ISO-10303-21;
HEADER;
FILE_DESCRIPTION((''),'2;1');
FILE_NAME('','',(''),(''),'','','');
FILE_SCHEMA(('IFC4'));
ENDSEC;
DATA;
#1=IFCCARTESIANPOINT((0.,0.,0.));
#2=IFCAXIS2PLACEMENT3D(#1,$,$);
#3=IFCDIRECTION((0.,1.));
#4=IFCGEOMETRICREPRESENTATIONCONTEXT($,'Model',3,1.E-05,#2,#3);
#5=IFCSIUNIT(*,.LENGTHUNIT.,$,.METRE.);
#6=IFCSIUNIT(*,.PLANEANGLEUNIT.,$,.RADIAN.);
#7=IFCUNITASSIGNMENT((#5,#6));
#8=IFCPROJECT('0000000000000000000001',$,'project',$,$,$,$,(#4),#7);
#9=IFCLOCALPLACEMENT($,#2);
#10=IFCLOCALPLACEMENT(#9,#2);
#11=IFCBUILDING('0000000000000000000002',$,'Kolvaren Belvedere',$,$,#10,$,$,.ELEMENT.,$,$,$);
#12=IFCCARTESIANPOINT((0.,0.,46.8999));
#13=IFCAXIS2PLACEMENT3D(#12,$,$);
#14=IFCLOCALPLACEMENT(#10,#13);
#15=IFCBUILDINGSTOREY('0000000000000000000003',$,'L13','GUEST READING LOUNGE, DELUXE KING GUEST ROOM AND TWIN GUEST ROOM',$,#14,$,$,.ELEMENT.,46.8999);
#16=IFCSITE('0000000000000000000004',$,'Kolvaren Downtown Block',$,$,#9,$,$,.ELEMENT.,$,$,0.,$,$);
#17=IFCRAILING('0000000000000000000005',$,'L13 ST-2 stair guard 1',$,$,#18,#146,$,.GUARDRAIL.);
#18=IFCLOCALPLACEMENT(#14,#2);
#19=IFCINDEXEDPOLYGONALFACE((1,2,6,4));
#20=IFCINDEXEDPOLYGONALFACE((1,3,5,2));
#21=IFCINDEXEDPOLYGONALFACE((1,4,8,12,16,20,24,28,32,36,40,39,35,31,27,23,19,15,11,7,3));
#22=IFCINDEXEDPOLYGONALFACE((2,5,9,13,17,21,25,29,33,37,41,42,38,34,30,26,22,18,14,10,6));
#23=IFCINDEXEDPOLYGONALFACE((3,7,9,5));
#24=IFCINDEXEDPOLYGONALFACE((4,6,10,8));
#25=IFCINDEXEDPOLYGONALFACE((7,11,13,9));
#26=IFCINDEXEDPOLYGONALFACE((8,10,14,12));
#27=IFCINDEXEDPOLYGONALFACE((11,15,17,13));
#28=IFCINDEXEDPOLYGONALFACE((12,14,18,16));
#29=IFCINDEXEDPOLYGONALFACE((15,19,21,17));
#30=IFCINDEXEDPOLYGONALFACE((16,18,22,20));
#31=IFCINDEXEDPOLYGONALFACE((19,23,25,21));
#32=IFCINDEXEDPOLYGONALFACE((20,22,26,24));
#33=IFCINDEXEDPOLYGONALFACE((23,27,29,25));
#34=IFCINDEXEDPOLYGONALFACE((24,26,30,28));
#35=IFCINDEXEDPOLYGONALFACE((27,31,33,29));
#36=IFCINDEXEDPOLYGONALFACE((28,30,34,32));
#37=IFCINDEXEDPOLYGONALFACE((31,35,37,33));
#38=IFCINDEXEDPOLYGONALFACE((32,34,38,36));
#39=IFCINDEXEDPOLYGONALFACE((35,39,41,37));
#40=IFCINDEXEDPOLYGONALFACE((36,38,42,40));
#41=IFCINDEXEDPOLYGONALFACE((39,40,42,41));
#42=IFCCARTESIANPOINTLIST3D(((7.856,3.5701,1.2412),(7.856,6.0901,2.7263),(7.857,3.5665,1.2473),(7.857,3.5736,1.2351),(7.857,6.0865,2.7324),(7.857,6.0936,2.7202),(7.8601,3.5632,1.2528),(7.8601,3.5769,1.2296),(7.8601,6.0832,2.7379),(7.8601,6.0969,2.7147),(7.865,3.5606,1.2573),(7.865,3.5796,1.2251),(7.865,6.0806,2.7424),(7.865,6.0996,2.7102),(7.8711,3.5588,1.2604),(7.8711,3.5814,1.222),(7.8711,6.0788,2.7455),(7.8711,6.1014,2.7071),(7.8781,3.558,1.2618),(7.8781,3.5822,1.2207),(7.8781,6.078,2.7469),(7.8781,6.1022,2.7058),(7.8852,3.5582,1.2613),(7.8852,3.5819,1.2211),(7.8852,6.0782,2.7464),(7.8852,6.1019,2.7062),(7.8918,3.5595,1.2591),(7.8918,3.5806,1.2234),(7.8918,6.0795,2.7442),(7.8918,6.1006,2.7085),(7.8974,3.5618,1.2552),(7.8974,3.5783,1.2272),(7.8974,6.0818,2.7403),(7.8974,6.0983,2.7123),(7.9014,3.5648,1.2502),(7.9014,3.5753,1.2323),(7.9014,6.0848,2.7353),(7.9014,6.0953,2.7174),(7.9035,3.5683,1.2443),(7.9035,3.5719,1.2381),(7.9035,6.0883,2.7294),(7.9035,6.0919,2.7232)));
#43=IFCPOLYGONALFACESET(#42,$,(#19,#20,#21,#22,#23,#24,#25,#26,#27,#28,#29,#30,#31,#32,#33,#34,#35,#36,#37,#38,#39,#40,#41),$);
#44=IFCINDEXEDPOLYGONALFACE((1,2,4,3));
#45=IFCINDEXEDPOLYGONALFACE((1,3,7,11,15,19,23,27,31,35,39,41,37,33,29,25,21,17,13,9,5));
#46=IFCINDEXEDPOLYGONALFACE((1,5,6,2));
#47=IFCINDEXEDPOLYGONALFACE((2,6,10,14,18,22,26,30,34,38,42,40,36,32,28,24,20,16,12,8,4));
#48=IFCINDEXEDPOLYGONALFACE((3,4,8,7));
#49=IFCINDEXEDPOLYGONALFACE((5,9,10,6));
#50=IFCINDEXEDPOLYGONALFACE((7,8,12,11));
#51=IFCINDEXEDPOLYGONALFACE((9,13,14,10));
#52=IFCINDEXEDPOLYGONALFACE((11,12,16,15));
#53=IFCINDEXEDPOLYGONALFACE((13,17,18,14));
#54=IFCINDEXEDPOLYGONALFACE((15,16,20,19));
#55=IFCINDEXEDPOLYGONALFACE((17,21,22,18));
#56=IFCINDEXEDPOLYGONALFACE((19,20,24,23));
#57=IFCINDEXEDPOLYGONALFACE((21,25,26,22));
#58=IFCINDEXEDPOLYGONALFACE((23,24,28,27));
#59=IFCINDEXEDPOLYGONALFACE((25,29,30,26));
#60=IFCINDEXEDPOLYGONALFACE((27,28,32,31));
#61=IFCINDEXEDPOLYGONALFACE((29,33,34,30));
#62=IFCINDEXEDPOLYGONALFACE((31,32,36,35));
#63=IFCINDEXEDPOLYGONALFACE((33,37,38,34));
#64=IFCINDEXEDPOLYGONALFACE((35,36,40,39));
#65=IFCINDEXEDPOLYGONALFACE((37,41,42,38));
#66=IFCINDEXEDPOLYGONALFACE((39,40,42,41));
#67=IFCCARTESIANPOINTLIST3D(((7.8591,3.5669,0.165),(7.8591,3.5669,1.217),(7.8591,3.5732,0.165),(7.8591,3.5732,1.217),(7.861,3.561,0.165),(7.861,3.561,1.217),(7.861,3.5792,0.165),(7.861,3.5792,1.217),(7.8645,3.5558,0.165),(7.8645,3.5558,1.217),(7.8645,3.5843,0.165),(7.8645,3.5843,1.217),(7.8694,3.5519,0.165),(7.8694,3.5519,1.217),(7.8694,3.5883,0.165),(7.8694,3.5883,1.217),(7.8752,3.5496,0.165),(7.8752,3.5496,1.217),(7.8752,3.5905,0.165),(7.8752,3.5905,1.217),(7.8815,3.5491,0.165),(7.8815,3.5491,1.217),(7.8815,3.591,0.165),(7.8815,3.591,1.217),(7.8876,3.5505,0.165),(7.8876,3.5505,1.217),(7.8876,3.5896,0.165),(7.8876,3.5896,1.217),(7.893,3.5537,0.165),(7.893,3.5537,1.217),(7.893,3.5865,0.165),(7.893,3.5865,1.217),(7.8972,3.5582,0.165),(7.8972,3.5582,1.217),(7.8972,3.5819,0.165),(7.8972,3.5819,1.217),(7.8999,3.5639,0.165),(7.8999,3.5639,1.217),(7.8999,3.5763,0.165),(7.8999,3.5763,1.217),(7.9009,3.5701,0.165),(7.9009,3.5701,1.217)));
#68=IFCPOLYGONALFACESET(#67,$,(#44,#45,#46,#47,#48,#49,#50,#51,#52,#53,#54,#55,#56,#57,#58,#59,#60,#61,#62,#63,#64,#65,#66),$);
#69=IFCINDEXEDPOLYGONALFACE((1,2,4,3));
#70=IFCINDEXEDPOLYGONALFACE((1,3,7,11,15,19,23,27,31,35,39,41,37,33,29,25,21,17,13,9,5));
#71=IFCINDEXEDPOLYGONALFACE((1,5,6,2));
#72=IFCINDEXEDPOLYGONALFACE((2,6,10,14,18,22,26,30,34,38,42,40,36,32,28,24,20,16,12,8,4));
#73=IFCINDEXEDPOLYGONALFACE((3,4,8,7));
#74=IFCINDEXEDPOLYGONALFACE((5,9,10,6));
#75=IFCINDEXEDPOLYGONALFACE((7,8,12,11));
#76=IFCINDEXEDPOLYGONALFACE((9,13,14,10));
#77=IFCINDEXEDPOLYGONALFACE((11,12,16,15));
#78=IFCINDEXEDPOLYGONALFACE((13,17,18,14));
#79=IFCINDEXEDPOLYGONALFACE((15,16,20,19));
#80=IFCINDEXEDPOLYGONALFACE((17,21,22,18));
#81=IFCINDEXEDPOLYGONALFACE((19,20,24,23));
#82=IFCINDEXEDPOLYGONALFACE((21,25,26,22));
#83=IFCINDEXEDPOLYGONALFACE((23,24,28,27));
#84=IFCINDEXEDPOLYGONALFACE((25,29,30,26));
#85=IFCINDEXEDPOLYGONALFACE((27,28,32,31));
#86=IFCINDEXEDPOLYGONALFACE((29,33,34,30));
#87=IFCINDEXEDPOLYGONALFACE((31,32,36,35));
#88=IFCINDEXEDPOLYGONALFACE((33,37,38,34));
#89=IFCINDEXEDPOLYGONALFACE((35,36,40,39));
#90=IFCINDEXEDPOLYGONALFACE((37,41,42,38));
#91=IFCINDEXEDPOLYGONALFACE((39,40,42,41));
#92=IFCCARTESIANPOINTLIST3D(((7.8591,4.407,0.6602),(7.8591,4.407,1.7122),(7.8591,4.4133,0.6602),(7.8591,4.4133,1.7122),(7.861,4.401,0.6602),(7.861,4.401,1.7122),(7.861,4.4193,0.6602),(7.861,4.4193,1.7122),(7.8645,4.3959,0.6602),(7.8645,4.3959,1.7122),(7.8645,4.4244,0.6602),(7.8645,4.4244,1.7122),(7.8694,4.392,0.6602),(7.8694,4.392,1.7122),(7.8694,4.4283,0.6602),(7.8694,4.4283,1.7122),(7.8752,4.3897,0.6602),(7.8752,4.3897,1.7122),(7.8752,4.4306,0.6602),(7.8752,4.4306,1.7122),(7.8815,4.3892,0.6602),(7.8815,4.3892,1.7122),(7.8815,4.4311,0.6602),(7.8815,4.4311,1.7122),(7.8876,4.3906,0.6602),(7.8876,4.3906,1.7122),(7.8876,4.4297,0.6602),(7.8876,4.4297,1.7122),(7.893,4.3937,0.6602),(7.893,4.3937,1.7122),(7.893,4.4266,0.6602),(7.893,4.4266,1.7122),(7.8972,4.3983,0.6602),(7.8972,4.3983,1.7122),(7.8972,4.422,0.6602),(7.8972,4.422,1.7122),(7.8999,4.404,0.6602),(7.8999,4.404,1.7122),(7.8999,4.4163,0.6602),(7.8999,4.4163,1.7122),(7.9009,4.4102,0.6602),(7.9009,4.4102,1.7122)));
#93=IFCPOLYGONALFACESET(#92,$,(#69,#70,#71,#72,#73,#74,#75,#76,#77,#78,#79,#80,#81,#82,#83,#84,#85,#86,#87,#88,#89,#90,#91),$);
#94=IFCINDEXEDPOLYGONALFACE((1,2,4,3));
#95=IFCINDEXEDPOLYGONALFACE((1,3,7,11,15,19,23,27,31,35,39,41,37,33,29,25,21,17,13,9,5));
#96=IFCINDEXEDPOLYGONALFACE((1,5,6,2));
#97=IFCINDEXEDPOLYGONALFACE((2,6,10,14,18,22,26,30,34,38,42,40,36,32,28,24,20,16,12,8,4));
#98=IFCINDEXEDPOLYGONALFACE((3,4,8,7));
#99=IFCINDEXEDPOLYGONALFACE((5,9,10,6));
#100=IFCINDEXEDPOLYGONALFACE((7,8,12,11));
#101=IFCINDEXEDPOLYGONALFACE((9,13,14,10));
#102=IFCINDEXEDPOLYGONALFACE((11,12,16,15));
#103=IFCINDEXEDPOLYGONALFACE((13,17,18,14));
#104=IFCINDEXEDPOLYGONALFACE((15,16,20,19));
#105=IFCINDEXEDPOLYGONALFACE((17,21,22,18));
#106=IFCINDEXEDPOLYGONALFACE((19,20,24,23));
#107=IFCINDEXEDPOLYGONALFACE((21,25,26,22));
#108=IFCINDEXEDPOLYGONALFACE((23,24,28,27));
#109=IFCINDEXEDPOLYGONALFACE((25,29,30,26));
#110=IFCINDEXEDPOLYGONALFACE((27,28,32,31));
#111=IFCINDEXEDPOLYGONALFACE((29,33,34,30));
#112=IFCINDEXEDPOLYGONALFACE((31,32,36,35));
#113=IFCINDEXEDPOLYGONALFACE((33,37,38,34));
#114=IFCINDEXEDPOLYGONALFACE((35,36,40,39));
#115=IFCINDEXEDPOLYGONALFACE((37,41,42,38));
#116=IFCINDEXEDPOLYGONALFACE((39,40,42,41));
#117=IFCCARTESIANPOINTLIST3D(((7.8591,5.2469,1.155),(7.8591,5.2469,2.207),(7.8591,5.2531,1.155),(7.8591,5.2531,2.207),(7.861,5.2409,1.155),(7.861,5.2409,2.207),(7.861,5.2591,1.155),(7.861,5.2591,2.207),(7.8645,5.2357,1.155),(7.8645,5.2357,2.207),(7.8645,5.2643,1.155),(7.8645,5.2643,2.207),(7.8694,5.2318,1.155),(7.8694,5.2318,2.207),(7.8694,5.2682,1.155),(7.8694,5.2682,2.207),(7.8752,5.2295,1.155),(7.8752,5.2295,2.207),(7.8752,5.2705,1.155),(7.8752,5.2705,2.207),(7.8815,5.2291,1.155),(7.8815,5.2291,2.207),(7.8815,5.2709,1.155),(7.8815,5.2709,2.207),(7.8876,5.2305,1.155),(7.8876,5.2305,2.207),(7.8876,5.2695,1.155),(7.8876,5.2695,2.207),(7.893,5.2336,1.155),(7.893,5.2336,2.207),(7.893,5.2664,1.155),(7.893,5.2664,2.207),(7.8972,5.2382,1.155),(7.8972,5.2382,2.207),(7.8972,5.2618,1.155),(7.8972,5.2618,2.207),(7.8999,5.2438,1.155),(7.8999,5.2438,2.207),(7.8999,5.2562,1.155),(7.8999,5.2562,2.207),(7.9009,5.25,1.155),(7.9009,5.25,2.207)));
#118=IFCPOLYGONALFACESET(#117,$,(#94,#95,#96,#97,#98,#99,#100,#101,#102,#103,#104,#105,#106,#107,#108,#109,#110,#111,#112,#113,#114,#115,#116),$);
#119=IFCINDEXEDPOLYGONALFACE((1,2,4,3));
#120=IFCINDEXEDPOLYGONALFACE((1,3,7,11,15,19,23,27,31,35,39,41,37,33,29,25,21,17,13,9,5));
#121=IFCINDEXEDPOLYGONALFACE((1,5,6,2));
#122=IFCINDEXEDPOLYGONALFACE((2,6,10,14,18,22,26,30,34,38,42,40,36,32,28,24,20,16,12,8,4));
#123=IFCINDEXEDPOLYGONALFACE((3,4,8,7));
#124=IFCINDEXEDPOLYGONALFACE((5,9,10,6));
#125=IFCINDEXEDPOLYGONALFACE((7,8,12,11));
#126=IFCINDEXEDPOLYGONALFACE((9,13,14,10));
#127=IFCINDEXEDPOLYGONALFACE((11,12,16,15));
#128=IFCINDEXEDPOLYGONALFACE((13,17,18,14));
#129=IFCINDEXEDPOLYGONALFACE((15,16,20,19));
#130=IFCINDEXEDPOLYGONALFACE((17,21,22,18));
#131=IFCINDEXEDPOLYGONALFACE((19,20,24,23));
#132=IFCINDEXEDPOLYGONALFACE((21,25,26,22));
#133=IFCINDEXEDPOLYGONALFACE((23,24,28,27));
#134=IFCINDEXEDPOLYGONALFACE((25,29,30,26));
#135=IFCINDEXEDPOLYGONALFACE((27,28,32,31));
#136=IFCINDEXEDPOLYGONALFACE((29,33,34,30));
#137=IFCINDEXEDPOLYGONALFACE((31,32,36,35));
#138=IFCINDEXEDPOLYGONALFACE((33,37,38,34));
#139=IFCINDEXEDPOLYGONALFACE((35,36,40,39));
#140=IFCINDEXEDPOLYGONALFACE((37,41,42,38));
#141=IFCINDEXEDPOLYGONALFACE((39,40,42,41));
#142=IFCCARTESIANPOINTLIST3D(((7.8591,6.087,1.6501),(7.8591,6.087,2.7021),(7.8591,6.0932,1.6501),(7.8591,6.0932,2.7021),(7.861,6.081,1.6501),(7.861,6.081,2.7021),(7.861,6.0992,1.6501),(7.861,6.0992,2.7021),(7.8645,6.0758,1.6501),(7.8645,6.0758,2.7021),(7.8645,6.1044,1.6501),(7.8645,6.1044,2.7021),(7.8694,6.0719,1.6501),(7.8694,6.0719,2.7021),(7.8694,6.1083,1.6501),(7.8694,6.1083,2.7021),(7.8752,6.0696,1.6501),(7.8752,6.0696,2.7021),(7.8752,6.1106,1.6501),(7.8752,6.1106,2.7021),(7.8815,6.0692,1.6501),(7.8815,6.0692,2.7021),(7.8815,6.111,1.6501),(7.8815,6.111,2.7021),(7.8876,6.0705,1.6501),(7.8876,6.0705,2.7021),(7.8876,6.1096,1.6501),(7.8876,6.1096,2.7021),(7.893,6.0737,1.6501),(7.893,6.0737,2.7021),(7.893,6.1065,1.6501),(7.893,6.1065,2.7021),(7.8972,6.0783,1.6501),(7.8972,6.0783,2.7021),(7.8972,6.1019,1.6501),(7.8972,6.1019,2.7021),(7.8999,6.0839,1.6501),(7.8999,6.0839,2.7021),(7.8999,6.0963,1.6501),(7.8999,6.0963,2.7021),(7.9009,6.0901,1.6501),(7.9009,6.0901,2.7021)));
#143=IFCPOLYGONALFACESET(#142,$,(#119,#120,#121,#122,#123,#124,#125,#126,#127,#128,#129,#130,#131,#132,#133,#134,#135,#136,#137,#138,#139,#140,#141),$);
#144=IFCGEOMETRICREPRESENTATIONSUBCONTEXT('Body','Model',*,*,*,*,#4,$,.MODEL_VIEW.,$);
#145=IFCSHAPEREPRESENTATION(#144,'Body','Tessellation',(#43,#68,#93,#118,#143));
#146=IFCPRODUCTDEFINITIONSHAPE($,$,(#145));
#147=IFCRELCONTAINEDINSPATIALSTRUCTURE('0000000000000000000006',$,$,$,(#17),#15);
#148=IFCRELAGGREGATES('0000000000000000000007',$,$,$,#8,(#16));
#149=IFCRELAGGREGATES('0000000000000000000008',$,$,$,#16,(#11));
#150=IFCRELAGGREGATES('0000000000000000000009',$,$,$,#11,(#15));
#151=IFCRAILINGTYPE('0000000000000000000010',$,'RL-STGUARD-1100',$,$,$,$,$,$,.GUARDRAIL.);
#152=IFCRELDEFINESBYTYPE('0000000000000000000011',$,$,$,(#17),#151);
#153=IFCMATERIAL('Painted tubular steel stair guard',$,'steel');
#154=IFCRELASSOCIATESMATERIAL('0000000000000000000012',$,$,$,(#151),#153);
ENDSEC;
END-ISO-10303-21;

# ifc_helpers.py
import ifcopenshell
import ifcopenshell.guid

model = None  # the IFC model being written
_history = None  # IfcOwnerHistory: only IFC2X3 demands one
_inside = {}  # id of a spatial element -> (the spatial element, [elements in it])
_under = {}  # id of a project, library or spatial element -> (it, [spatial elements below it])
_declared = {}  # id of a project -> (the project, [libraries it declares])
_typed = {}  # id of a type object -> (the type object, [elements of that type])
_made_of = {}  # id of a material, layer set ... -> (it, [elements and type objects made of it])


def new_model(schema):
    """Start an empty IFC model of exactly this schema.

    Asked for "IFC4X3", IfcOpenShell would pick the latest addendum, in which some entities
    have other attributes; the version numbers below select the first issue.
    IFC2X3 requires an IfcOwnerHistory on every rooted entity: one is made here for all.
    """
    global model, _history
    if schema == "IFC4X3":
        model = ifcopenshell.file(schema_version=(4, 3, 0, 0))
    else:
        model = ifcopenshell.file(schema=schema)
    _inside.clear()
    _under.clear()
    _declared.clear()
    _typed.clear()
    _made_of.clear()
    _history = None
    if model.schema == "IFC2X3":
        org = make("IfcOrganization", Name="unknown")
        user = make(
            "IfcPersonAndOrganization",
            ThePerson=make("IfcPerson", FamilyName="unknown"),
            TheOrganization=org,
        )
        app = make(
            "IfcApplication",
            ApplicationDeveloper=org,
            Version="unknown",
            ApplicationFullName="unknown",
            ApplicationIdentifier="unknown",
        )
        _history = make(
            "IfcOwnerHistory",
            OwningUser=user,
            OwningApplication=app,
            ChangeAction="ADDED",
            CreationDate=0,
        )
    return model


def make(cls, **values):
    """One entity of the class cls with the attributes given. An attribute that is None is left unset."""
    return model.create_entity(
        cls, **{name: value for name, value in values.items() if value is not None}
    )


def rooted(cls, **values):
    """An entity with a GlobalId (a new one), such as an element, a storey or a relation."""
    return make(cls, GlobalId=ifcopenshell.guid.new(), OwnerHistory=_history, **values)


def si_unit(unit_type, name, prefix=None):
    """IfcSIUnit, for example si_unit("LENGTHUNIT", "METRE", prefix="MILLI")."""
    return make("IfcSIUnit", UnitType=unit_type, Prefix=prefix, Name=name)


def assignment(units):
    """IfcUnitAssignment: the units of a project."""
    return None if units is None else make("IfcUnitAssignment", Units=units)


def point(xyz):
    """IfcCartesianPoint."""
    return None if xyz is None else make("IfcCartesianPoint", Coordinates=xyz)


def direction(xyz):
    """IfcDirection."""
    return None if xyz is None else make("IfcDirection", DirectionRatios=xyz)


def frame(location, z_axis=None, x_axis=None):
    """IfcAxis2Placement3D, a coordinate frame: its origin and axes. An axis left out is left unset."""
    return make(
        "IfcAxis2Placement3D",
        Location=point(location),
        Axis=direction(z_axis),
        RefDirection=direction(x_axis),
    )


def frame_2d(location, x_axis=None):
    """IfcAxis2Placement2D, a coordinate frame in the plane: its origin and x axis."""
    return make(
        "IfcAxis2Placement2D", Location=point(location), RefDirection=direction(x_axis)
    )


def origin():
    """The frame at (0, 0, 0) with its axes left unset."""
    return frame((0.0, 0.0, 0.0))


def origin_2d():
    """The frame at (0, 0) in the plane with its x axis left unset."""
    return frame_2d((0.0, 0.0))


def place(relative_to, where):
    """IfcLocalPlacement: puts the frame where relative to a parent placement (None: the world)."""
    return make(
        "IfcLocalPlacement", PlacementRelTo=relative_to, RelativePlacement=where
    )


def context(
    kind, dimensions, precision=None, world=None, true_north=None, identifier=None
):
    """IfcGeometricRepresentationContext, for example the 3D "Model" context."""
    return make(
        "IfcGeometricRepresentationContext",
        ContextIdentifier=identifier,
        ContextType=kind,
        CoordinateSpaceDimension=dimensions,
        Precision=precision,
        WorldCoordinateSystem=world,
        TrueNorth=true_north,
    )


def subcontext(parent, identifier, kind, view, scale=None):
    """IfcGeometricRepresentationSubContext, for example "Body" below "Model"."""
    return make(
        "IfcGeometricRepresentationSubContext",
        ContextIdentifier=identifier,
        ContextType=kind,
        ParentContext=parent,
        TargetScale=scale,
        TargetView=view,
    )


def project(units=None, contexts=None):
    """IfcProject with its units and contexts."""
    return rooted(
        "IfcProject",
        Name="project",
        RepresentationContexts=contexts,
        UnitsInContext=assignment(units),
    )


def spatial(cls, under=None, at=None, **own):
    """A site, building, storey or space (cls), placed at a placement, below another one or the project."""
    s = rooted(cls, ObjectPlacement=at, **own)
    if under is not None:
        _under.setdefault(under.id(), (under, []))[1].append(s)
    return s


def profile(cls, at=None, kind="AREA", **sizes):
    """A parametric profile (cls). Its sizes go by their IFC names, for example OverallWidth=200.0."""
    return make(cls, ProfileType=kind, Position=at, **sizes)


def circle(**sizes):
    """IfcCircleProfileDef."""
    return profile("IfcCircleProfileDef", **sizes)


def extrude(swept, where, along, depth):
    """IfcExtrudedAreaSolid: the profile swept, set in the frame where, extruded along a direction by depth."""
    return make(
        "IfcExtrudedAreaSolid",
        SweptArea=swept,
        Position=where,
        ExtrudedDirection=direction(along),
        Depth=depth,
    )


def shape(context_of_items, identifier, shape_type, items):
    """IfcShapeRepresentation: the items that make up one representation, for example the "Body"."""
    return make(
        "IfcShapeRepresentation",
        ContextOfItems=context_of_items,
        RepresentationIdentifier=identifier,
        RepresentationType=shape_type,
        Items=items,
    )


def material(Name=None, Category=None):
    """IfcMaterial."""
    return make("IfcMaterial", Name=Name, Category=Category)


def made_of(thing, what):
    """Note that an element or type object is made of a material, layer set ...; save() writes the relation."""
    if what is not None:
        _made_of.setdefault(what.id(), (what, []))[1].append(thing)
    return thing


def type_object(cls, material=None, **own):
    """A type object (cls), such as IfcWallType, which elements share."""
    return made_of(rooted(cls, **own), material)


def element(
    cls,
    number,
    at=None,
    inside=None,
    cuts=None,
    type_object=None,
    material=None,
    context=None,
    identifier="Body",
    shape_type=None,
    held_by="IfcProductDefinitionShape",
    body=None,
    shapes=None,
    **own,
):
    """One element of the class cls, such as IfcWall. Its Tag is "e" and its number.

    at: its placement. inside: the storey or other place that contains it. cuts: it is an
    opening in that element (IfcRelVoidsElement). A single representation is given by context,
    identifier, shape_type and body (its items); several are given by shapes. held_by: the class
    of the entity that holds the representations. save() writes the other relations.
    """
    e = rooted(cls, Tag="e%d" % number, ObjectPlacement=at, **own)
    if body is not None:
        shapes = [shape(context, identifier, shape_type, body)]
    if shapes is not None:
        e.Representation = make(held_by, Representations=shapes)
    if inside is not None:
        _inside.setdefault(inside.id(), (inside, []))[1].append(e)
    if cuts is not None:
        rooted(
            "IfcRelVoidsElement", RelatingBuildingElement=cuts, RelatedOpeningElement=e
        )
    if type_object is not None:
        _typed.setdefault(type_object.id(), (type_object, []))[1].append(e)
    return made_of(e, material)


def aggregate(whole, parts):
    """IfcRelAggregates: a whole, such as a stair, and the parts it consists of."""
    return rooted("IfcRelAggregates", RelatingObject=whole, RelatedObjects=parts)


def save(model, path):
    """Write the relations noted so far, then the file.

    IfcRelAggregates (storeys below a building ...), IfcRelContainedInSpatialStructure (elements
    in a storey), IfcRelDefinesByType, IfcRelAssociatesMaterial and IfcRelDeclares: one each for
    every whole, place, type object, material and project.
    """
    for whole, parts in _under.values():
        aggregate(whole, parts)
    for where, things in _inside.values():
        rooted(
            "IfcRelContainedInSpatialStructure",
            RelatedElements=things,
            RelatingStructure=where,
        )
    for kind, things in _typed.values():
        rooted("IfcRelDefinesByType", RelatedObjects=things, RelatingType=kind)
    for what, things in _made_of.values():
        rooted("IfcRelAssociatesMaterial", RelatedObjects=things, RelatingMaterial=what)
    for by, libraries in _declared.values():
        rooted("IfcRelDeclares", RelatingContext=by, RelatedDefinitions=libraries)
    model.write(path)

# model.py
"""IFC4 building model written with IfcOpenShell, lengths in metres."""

from ifc_helpers import new_model, si_unit, direction, frame, origin, origin_2d, place, context, subcontext, project, spatial, circle, extrude, material, type_object, element, save


model = new_model("IFC4")

# Units and contexts
model_context = context("Model", 3, precision=1e-05, world=origin(), true_north=direction((0.0, 1.0)))
body_context = subcontext(model_context, "Body", "Model", "MODEL_VIEW")
ifc_project = project(units=[si_unit("LENGTHUNIT", "METRE"), si_unit("PLANEANGLEUNIT", "RADIAN")], contexts=[model_context])

# Site, building, storey
site_placement = place(None, origin())
site = spatial("IfcSite", under=ifc_project, at=site_placement, Name="Kolvaren Downtown Block", CompositionType="ELEMENT", RefElevation=0.0)
building_placement = place(site_placement, origin())
building = spatial("IfcBuilding", under=site, at=building_placement, Name="Kolvaren Belvedere", CompositionType="ELEMENT")
storey_placement = place(building_placement, frame((0.0, 0.0, 46.8999)))
storey = spatial("IfcBuildingStorey", under=building, at=storey_placement, Name="L13", Description="GUEST READING LOUNGE, DELUXE KING GUEST ROOM AND TWIN GUEST ROOM", CompositionType="ELEMENT", Elevation=46.8999)

# Railing
ifc_material_1 = material(Name="Painted tubular steel stair guard", Category="steel")
railing_type_1 = type_object("IfcRailingType", Name="RL-STGUARD-1100", PredefinedType="GUARDRAIL", material=ifc_material_1)
railing_1_placement = place(storey_placement, frame((7.8799, 3.5701, 0.165)))
element("IfcRailing", 1, at=railing_1_placement, inside=storey, type_object=railing_type_1, Name="L13 ST-2 stair guard 1", PredefinedType="GUARDRAIL", context=body_context, shape_type="SweptSolid", body=[
    extrude(circle(Radius=0.0239, at=origin_2d()), frame((0.0, 0.0, 1.0762), z_axis=(0.0, 0.861524, 0.507717), x_axis=(-1.0, 0.0, 0.0)), (0.0, 0.0, 1.0), 2.925),
    extrude(circle(Radius=0.021, at=origin_2d()), origin(), (0.0, 0.0, 1.0), 1.052),
    extrude(circle(Radius=0.021, at=origin_2d()), frame((0.0, 0.8401, 0.4951)), (0.0, 0.0, 1.0), 1.052),
    extrude(circle(Radius=0.021, at=origin_2d()), frame((0.0, 1.6799, 0.99)), (0.0, 0.0, 1.0), 1.052),
    extrude(circle(Radius=0.021, at=origin_2d()), frame((0.0, 2.52, 1.4851)), (0.0, 0.0, 1.0), 1.052),
])

save(model, "model.ifc")
